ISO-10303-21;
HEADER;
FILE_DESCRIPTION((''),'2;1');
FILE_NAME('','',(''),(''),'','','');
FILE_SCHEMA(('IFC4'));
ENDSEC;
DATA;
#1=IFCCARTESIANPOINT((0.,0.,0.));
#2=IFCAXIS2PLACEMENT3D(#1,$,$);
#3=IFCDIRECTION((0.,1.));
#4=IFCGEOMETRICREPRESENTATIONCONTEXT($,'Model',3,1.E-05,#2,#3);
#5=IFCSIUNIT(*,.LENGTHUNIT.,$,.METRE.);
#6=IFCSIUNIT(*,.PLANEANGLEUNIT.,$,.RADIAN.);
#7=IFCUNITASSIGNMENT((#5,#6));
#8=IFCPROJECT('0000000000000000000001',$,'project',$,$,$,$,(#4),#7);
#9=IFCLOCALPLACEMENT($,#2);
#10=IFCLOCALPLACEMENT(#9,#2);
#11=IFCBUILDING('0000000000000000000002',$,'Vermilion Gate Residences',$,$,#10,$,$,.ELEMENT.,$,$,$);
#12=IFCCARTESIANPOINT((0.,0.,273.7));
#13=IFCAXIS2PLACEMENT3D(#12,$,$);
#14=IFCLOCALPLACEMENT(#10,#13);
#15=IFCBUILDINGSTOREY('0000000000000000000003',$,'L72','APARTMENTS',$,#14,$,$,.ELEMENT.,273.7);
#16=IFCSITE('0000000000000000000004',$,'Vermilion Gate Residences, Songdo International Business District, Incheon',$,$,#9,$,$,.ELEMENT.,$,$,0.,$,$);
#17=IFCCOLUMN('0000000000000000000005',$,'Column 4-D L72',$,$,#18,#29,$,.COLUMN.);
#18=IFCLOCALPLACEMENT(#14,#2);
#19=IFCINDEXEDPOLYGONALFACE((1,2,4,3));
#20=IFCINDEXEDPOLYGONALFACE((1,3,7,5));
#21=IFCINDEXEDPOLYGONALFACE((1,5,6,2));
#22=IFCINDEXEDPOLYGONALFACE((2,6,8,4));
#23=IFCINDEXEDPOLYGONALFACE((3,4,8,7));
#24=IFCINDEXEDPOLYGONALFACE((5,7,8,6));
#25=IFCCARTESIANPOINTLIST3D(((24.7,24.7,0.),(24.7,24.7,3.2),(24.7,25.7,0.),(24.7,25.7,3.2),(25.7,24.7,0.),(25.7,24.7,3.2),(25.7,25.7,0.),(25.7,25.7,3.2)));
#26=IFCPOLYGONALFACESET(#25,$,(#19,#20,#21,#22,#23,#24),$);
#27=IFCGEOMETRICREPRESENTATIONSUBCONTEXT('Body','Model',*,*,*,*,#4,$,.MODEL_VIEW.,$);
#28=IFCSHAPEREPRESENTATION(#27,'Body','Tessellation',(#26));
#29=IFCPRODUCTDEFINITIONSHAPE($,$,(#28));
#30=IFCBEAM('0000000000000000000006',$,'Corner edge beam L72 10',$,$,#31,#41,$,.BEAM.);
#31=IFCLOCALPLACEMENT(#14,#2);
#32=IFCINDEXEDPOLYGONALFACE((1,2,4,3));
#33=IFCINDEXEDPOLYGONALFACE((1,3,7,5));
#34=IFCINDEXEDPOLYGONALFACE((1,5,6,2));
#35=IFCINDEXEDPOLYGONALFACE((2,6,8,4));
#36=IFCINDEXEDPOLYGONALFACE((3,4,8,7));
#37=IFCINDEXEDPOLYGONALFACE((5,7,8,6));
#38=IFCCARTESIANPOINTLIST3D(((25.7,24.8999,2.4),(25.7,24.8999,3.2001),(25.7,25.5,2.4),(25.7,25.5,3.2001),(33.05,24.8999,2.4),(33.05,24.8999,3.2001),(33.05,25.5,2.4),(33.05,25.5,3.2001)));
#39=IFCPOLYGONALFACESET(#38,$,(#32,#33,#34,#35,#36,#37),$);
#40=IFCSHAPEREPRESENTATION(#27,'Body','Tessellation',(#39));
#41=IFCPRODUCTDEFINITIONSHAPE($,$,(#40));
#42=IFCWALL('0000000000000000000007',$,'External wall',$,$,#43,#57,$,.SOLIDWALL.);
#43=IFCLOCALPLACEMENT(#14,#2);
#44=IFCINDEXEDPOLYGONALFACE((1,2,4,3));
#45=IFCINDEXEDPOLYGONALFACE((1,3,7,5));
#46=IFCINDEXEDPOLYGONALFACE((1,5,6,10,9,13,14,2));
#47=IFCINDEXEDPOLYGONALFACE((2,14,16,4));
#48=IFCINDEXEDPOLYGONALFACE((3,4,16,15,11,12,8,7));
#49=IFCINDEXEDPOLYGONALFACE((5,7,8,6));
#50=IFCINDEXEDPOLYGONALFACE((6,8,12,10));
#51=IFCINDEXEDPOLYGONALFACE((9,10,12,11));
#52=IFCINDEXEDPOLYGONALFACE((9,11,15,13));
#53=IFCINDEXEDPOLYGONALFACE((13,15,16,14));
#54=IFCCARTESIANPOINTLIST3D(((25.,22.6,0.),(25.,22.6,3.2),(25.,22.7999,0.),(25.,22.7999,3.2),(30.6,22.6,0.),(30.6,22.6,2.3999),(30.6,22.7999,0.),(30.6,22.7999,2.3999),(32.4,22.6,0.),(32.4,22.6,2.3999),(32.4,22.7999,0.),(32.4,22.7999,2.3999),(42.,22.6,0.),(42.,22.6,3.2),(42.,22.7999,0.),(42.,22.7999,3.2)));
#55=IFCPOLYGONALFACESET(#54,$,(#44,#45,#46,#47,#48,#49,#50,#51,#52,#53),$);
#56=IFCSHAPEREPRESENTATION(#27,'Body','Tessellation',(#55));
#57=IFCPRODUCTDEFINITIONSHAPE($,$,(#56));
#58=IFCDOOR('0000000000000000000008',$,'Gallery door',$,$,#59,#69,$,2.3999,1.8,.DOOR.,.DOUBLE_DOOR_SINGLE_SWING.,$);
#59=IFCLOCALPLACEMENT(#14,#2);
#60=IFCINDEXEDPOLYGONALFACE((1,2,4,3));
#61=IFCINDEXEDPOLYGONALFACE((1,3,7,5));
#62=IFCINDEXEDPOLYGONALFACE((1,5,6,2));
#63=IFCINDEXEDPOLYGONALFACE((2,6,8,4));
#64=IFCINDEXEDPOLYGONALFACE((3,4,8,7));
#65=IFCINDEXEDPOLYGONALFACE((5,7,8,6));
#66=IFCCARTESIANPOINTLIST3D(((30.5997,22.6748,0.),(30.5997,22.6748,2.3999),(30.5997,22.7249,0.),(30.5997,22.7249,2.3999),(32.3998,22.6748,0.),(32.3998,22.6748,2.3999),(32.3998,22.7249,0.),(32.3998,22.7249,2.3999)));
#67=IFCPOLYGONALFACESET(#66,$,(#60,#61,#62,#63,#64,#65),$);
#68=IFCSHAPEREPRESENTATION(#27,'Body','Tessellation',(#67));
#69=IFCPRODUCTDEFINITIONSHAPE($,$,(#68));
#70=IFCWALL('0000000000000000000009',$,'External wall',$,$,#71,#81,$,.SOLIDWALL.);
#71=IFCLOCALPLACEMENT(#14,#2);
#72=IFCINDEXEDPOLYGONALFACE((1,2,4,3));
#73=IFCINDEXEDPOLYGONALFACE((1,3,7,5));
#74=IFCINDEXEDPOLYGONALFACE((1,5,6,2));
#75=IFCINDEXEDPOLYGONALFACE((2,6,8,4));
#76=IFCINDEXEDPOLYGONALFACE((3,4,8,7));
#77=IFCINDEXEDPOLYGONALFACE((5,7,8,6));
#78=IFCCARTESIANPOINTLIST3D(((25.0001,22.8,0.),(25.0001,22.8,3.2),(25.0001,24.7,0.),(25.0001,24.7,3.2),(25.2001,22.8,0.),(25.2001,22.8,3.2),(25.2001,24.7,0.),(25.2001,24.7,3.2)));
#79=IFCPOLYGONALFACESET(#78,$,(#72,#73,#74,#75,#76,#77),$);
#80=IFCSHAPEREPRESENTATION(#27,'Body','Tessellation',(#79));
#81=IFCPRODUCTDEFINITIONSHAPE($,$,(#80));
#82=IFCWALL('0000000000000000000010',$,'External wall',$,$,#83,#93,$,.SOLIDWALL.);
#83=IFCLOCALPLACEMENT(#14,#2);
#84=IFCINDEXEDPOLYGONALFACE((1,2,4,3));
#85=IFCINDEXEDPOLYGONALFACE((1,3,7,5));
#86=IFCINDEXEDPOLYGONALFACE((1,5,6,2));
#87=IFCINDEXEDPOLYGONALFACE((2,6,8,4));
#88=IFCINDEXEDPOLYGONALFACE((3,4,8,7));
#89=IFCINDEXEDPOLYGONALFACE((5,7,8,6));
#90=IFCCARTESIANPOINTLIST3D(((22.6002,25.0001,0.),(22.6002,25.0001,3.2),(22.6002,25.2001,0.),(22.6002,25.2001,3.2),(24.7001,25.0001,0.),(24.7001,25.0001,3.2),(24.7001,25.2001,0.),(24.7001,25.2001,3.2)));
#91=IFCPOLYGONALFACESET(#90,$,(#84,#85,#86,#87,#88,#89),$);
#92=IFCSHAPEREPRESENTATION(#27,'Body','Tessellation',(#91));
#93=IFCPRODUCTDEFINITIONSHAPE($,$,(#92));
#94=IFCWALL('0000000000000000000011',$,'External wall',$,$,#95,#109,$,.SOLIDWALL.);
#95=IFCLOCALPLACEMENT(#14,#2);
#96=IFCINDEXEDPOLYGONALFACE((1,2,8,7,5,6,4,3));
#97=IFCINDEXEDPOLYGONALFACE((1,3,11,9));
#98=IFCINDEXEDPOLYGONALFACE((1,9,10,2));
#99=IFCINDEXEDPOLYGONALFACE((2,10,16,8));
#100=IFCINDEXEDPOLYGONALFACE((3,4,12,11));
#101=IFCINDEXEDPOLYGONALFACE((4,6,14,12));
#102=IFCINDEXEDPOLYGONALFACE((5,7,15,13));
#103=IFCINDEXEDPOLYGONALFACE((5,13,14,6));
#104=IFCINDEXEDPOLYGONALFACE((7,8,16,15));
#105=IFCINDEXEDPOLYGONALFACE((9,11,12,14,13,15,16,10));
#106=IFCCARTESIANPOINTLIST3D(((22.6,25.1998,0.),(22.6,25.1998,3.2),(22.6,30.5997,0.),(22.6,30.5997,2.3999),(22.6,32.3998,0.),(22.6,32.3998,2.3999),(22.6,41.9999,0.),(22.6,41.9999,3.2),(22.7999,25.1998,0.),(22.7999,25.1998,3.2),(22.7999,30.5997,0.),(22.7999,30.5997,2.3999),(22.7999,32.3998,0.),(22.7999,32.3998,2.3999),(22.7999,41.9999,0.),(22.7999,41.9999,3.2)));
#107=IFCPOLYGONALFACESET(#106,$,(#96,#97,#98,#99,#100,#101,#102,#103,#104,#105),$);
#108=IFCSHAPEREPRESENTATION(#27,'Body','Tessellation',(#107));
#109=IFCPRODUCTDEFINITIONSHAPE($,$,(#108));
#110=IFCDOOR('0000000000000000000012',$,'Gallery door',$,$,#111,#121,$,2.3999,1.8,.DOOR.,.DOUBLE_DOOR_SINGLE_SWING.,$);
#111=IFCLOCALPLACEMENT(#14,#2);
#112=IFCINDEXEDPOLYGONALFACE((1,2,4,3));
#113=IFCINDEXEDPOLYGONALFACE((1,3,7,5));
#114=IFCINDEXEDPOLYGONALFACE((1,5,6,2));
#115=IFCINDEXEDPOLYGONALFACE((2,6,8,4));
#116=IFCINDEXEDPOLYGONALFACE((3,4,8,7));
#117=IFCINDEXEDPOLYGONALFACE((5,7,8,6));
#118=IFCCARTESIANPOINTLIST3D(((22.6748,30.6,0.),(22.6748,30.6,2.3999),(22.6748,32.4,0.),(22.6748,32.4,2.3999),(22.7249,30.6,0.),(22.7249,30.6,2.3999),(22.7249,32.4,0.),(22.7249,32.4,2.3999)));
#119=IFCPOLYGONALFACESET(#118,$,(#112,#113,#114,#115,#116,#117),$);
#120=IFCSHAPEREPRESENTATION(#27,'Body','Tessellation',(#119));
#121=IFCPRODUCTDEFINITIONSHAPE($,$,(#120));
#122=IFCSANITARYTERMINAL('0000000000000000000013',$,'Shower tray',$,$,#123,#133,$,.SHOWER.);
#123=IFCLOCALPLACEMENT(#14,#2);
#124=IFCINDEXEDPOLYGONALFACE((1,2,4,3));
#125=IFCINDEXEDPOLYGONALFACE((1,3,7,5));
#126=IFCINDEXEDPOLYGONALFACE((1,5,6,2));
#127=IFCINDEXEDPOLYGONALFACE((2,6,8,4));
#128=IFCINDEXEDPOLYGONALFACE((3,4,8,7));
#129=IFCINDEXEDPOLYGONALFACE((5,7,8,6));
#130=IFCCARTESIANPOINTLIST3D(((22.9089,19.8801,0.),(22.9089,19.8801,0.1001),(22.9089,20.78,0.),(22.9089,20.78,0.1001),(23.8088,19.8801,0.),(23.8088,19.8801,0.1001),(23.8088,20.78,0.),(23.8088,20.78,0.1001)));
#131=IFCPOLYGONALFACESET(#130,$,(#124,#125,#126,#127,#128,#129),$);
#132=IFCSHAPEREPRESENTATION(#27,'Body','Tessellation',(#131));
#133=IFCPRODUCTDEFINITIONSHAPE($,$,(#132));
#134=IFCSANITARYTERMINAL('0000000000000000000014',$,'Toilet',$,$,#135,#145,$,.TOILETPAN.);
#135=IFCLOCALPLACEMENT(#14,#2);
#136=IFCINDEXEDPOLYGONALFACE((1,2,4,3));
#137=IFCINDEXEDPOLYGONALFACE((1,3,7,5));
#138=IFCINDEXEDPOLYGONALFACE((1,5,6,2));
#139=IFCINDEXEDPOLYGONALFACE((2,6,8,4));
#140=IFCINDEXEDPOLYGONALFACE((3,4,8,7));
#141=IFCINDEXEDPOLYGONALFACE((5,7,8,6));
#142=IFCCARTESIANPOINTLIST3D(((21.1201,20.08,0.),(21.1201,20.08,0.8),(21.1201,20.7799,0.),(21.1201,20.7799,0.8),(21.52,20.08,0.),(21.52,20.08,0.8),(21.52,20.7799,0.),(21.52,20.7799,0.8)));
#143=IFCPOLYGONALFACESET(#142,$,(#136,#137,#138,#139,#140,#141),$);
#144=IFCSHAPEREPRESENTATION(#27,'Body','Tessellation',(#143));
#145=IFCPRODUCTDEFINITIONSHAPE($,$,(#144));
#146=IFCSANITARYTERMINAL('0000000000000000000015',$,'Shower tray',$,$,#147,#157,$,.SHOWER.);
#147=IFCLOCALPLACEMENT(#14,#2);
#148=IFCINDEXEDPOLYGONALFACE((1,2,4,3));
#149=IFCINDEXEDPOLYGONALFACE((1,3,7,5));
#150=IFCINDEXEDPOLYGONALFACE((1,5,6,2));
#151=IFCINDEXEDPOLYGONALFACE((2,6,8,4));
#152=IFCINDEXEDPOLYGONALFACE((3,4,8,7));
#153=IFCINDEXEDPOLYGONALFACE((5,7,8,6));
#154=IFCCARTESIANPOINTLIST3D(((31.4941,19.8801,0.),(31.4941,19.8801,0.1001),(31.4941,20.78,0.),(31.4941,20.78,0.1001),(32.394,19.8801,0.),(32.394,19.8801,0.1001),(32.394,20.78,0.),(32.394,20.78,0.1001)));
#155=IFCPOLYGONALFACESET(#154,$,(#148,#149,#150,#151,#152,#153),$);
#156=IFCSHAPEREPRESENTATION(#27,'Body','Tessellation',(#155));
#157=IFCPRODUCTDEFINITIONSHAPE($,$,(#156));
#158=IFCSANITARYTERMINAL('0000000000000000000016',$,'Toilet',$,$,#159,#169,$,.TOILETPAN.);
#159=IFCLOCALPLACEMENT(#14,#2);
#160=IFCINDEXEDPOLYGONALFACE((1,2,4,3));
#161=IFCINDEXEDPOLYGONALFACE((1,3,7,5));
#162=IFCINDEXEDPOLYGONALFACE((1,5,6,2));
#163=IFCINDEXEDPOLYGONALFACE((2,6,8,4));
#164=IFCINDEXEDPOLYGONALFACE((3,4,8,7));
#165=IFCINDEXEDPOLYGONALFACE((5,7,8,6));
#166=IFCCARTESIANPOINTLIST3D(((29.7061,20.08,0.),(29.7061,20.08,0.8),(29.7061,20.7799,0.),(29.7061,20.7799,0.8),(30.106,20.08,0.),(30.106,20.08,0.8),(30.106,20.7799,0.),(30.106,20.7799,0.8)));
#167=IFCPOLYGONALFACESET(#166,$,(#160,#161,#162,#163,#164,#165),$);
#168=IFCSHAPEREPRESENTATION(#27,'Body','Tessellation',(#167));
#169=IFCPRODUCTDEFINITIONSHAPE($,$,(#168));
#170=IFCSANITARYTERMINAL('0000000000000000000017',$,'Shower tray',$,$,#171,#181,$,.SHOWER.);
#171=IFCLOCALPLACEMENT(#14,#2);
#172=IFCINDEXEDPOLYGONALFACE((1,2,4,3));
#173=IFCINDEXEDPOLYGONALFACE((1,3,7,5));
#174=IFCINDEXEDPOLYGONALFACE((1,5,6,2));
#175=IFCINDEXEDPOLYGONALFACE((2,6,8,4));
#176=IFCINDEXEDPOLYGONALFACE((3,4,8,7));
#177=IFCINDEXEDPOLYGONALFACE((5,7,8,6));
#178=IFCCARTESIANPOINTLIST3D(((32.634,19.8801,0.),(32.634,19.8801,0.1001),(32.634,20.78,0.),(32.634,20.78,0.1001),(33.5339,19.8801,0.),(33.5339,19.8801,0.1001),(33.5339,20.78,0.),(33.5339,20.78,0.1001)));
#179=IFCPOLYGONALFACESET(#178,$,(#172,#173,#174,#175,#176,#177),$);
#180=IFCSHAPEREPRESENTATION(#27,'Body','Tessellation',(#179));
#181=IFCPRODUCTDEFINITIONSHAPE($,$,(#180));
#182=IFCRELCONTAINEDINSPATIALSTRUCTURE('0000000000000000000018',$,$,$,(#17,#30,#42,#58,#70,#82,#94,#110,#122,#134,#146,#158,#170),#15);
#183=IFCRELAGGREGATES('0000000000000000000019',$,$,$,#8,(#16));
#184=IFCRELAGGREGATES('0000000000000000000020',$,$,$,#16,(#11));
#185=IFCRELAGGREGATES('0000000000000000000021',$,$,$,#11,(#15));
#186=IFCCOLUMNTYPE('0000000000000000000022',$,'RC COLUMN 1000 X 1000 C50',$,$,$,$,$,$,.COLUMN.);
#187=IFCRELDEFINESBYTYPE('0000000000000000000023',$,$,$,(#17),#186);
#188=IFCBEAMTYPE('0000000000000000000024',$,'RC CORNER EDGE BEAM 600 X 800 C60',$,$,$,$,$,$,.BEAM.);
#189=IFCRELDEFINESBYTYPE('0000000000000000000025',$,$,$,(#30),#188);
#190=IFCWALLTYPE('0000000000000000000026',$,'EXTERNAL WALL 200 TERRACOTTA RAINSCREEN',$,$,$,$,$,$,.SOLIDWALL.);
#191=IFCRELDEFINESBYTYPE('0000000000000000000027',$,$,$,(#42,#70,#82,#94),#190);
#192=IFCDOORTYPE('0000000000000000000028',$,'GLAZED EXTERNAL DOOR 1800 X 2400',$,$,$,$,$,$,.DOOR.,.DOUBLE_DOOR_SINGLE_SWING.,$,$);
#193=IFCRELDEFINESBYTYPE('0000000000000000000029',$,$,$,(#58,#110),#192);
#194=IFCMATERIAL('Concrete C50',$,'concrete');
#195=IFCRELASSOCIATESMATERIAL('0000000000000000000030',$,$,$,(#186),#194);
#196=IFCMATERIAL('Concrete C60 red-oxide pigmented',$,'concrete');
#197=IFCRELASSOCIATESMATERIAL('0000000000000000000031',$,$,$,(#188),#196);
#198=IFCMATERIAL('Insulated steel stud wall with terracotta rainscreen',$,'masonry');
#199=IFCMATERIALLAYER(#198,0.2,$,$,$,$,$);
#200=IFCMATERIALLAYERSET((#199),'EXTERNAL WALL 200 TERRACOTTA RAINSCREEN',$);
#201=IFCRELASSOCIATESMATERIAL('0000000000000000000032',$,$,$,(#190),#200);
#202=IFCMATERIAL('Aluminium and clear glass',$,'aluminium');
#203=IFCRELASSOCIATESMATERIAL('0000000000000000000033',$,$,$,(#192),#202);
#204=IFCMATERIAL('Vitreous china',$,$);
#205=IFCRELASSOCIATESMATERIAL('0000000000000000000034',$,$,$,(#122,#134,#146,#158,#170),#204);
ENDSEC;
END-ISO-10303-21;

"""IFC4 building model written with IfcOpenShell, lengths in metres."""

from ifc_helpers import new_model, si_unit, direction, frame, frame_2d, origin, origin_2d, place, context, subcontext, project, spatial, rectangle, extrude, material, layer, layer_set, material_profile, profile_set, type_object, element, fill, save


model = new_model("IFC4")

# Units and contexts
model_context = context("Model", 3, precision=1e-05, world=origin(), true_north=direction((0.0, 1.0)))
body_context = subcontext(model_context, "Body", "Model", "MODEL_VIEW")
ifc_project = project(units=[si_unit("LENGTHUNIT", "METRE"), si_unit("PLANEANGLEUNIT", "RADIAN")], contexts=[model_context])

# Site, building, storey
site_placement = place(None, origin())
site = spatial("IfcSite", under=ifc_project, at=site_placement, Name="Vermilion Gate Residences, Songdo International Business District, Incheon", CompositionType="ELEMENT", RefElevation=0.0)
building_placement = place(site_placement, origin())
building = spatial("IfcBuilding", under=site, at=building_placement, Name="Vermilion Gate Residences", CompositionType="ELEMENT")
storey_placement = place(building_placement, frame((0.0, 0.0, 273.7)))
storey = spatial("IfcBuildingStorey", under=building, at=storey_placement, Name="L72", Description="APARTMENTS", CompositionType="ELEMENT", Elevation=273.7)

# Column
ifc_material_1 = material(Name="Concrete C50", Category="concrete")
ifc_material_profile_1 = material_profile(ifc_material_1, rectangle(XDim=1.0, YDim=1.0, at=origin_2d()), Name="RC-1000x1000")
ifc_profile_set_1 = profile_set([ifc_material_profile_1], Name="Concrete C50")
column_type = type_object("IfcColumnType", Name="RC COLUMN 1000 X 1000 C50", PredefinedType="COLUMN", material=ifc_profile_set_1)
column_placement = place(storey_placement, frame((25.2, 25.2, 0.0), z_axis=(0.0, 0.0, 1.0), x_axis=(1.0, 0.0, 0.0)))
element("IfcColumn", 1, at=column_placement, inside=storey, type_object=column_type, Name="Column 4-D L72", PredefinedType="COLUMN", context=body_context, shape_type="SweptSolid", body=[
    extrude(rectangle(XDim=1.0, YDim=1.0, at=origin_2d()), origin(), (0.0, 0.0, 1.0), 3.2),
])

# Beam
ifc_material_2 = material(Name="Concrete C60 red-oxide pigmented", Category="concrete")
ifc_material_profile_2 = material_profile(ifc_material_2, rectangle(XDim=0.6001, YDim=0.8, at=origin_2d()), Name="RC-600x800")
ifc_profile_set_2 = profile_set([ifc_material_profile_2], Name="Concrete C60 red-oxide pigmented")
beam_type = type_object("IfcBeamType", Name="RC CORNER EDGE BEAM 600 X 800 C60", PredefinedType="BEAM", material=ifc_profile_set_2)
beam_placement = place(storey_placement, frame((25.7, 25.2, 2.8), z_axis=(1.0, 0.0, 0.0), x_axis=(0.0, 1.0, 0.0)))
element("IfcBeam", 2, at=beam_placement, inside=storey, type_object=beam_type, Name="Corner edge beam L72 10", PredefinedType="BEAM", context=body_context, shape_type="SweptSolid", body=[
    extrude(rectangle(XDim=0.6001, YDim=0.8, at=origin_2d()), origin(), (0.0, 0.0, 1.0), 7.3501),
])

# Wall, opening, door
ifc_material_3 = material(Name="Insulated steel stud wall with terracotta rainscreen", Category="masonry")
ifc_layer = layer(ifc_material_3, 0.2)
ifc_layer_set = layer_set([ifc_layer], Name="EXTERNAL WALL 200 TERRACOTTA RAINSCREEN")
wall_type = type_object("IfcWallType", Name="EXTERNAL WALL 200 TERRACOTTA RAINSCREEN", PredefinedType="SOLIDWALL", material=ifc_layer_set)
wall_1_placement = place(storey_placement, frame((42.0, 22.7, 0.0), z_axis=(0.0, 0.0, 1.0), x_axis=(-1.0, 0.0, 0.0)))
wall_1 = element("IfcWall", 3, at=wall_1_placement, inside=storey, type_object=wall_type, Name="External wall", PredefinedType="SOLIDWALL", context=body_context, shape_type="SweptSolid", body=[
    extrude(rectangle(XDim=17.0, YDim=0.2, at=frame_2d((8.5, 0.0))), origin(), (0.0, 0.0, 1.0), 3.2),
])
opening_1_placement = place(wall_1_placement, frame((9.6001, 0.0, 0.0)))
opening_1 = element("IfcOpeningElement", 4, at=opening_1_placement, cuts=wall_1, PredefinedType="OPENING", context=body_context, shape_type="SweptSolid", body=[
    extrude(rectangle(XDim=1.8, YDim=2.3999, at=frame_2d((0.8999, 1.2))), frame((0.0, 0.1099, 0.0), z_axis=(0.0, -1.0, 0.0), x_axis=(1.0, 0.0, 0.0)), (0.0, 0.0, 1.0), 0.22),
])
ifc_material_4 = material(Name="Aluminium and clear glass", Category="aluminium")
door_type = type_object("IfcDoorType", Name="GLAZED EXTERNAL DOOR 1800 X 2400", OperationType="DOUBLE_DOOR_SINGLE_SWING", PredefinedType="DOOR", material=ifc_material_4)
door_1_placement = place(opening_1_placement, frame((1.8, 0.0, 0.0), z_axis=(0.0, 0.0, 1.0), x_axis=(-1.0, 0.0, 0.0)))
door_1 = element("IfcDoor", 5, at=door_1_placement, inside=storey, type_object=door_type, Name="Gallery door", OperationType="DOUBLE_DOOR_SINGLE_SWING", OverallHeight=2.3999, OverallWidth=1.8, PredefinedType="DOOR", context=body_context, shape_type="SweptSolid", body=[
    extrude(rectangle(XDim=1.8, YDim=2.3999, at=frame_2d((0.8999, 1.2))), frame((0.0, 0.0249, 0.0), z_axis=(0.0, -1.0, 0.0), x_axis=(1.0, 0.0, 0.0)), (0.0, 0.0, 1.0), 0.05),
])
fill(opening_1, door_1)

# Walls
wall_2_placement = place(storey_placement, frame((25.1001, 22.8, 0.0), z_axis=(0.0, 0.0, 1.0), x_axis=(0.0, 1.0, 0.0)))
element("IfcWall", 6, at=wall_2_placement, inside=storey, type_object=wall_type, Name="External wall", PredefinedType="SOLIDWALL", context=body_context, shape_type="SweptSolid", body=[
    extrude(rectangle(XDim=1.8999, YDim=0.2, at=frame_2d((0.95, 0.0))), origin(), (0.0, 0.0, 1.0), 3.2),
])
wall_3_placement = place(storey_placement, frame((24.7, 25.1001, 0.0), z_axis=(0.0, 0.0, 1.0), x_axis=(-1.0, 0.0, 0.0)))
element("IfcWall", 7, at=wall_3_placement, inside=storey, type_object=wall_type, Name="External wall", PredefinedType="SOLIDWALL", context=body_context, shape_type="SweptSolid", body=[
    extrude(rectangle(XDim=2.0999, YDim=0.2, at=frame_2d((1.0498, 0.0))), origin(), (0.0, 0.0, 1.0), 3.2),
])

# Wall, opening, door
wall_4_placement = place(storey_placement, frame((22.7, 25.2, 0.0), z_axis=(0.0, 0.0, 1.0), x_axis=(0.0, 1.0, 0.0)))
wall_4 = element("IfcWall", 8, at=wall_4_placement, inside=storey, type_object=wall_type, Name="External wall", PredefinedType="SOLIDWALL", context=body_context, shape_type="SweptSolid", body=[
    extrude(rectangle(XDim=16.8, YDim=0.2, at=frame_2d((8.3999, 0.0))), origin(), (0.0, 0.0, 1.0), 3.2),
])
opening_2_placement = place(wall_4_placement, frame((5.3999, 0.0, 0.0)))
opening_2 = element("IfcOpeningElement", 9, at=opening_2_placement, cuts=wall_4, PredefinedType="OPENING", context=body_context, shape_type="SweptSolid", body=[
    extrude(rectangle(XDim=1.8, YDim=2.3999, at=frame_2d((0.8999, 1.2))), frame((0.0, 0.1099, 0.0), z_axis=(0.0, -1.0, 0.0), x_axis=(1.0, 0.0, 0.0)), (0.0, 0.0, 1.0), 0.22),
])
door_2_placement = place(opening_2_placement, frame((1.8, 0.0, 0.0), z_axis=(0.0, 0.0, 1.0), x_axis=(-1.0, 0.0, 0.0)))
door_2 = element("IfcDoor", 10, at=door_2_placement, inside=storey, type_object=door_type, Name="Gallery door", OperationType="DOUBLE_DOOR_SINGLE_SWING", OverallHeight=2.3999, OverallWidth=1.8, PredefinedType="DOOR", context=body_context, shape_type="SweptSolid", body=[
    extrude(rectangle(XDim=1.8, YDim=2.3999, at=frame_2d((0.8999, 1.2))), frame((0.0, 0.0249, 0.0), z_axis=(0.0, -1.0, 0.0), x_axis=(1.0, 0.0, 0.0)), (0.0, 0.0, 1.0), 0.05),
])
fill(opening_2, door_2)

# Sanitary terminals
ifc_material_5 = material(Name="Vitreous china")
sanitary_terminal_1_placement = place(storey_placement, frame((23.3589, 20.3301, 0.0), z_axis=(0.0, 0.0, 1.0), x_axis=(1.0, 0.0, 0.0)))
element("IfcSanitaryTerminal", 11, at=sanitary_terminal_1_placement, inside=storey, material=ifc_material_5, Name="Shower tray", PredefinedType="SHOWER", context=body_context, shape_type="SweptSolid", body=[
    extrude(rectangle(XDim=0.8999, YDim=0.8999, at=origin_2d()), origin(), (0.0, 0.0, 1.0), 0.1001),
])
sanitary_terminal_2_placement = place(storey_placement, frame((21.3201, 20.4299, 0.0), z_axis=(0.0, 0.0, 1.0), x_axis=(1.0, 0.0, 0.0)))
element("IfcSanitaryTerminal", 12, at=sanitary_terminal_2_placement, inside=storey, material=ifc_material_5, Name="Toilet", PredefinedType="TOILETPAN", context=body_context, shape_type="SweptSolid", body=[
    extrude(rectangle(XDim=0.3999, YDim=0.7, at=origin_2d()), origin(), (0.0, 0.0, 1.0), 0.8),
])
sanitary_terminal_3_placement = place(storey_placement, frame((31.9441, 20.3301, 0.0), z_axis=(0.0, 0.0, 1.0), x_axis=(1.0, 0.0, 0.0)))
element("IfcSanitaryTerminal", 13, at=sanitary_terminal_3_placement, inside=storey, material=ifc_material_5, Name="Shower tray", PredefinedType="SHOWER", context=body_context, shape_type="SweptSolid", body=[
    extrude(rectangle(XDim=0.8999, YDim=0.8999, at=origin_2d()), origin(), (0.0, 0.0, 1.0), 0.1001),
])
sanitary_terminal_4_placement = place(storey_placement, frame((29.906, 20.4299, 0.0), z_axis=(0.0, 0.0, 1.0), x_axis=(1.0, 0.0, 0.0)))
element("IfcSanitaryTerminal", 14, at=sanitary_terminal_4_placement, inside=storey, material=ifc_material_5, Name="Toilet", PredefinedType="TOILETPAN", context=body_context, shape_type="SweptSolid", body=[
    extrude(rectangle(XDim=0.3999, YDim=0.7, at=origin_2d()), origin(), (0.0, 0.0, 1.0), 0.8),
])
sanitary_terminal_5_placement = place(storey_placement, frame((33.084, 20.3301, 0.0), z_axis=(0.0, 0.0, 1.0), x_axis=(1.0, 0.0, 0.0)))
element("IfcSanitaryTerminal", 15, at=sanitary_terminal_5_placement, inside=storey, material=ifc_material_5, Name="Shower tray", PredefinedType="SHOWER", context=body_context, shape_type="SweptSolid", body=[
    extrude(rectangle(XDim=0.8999, YDim=0.8999, at=origin_2d()), origin(), (0.0, 0.0, 1.0), 0.1001),
])

save(model, "model.ifc")
